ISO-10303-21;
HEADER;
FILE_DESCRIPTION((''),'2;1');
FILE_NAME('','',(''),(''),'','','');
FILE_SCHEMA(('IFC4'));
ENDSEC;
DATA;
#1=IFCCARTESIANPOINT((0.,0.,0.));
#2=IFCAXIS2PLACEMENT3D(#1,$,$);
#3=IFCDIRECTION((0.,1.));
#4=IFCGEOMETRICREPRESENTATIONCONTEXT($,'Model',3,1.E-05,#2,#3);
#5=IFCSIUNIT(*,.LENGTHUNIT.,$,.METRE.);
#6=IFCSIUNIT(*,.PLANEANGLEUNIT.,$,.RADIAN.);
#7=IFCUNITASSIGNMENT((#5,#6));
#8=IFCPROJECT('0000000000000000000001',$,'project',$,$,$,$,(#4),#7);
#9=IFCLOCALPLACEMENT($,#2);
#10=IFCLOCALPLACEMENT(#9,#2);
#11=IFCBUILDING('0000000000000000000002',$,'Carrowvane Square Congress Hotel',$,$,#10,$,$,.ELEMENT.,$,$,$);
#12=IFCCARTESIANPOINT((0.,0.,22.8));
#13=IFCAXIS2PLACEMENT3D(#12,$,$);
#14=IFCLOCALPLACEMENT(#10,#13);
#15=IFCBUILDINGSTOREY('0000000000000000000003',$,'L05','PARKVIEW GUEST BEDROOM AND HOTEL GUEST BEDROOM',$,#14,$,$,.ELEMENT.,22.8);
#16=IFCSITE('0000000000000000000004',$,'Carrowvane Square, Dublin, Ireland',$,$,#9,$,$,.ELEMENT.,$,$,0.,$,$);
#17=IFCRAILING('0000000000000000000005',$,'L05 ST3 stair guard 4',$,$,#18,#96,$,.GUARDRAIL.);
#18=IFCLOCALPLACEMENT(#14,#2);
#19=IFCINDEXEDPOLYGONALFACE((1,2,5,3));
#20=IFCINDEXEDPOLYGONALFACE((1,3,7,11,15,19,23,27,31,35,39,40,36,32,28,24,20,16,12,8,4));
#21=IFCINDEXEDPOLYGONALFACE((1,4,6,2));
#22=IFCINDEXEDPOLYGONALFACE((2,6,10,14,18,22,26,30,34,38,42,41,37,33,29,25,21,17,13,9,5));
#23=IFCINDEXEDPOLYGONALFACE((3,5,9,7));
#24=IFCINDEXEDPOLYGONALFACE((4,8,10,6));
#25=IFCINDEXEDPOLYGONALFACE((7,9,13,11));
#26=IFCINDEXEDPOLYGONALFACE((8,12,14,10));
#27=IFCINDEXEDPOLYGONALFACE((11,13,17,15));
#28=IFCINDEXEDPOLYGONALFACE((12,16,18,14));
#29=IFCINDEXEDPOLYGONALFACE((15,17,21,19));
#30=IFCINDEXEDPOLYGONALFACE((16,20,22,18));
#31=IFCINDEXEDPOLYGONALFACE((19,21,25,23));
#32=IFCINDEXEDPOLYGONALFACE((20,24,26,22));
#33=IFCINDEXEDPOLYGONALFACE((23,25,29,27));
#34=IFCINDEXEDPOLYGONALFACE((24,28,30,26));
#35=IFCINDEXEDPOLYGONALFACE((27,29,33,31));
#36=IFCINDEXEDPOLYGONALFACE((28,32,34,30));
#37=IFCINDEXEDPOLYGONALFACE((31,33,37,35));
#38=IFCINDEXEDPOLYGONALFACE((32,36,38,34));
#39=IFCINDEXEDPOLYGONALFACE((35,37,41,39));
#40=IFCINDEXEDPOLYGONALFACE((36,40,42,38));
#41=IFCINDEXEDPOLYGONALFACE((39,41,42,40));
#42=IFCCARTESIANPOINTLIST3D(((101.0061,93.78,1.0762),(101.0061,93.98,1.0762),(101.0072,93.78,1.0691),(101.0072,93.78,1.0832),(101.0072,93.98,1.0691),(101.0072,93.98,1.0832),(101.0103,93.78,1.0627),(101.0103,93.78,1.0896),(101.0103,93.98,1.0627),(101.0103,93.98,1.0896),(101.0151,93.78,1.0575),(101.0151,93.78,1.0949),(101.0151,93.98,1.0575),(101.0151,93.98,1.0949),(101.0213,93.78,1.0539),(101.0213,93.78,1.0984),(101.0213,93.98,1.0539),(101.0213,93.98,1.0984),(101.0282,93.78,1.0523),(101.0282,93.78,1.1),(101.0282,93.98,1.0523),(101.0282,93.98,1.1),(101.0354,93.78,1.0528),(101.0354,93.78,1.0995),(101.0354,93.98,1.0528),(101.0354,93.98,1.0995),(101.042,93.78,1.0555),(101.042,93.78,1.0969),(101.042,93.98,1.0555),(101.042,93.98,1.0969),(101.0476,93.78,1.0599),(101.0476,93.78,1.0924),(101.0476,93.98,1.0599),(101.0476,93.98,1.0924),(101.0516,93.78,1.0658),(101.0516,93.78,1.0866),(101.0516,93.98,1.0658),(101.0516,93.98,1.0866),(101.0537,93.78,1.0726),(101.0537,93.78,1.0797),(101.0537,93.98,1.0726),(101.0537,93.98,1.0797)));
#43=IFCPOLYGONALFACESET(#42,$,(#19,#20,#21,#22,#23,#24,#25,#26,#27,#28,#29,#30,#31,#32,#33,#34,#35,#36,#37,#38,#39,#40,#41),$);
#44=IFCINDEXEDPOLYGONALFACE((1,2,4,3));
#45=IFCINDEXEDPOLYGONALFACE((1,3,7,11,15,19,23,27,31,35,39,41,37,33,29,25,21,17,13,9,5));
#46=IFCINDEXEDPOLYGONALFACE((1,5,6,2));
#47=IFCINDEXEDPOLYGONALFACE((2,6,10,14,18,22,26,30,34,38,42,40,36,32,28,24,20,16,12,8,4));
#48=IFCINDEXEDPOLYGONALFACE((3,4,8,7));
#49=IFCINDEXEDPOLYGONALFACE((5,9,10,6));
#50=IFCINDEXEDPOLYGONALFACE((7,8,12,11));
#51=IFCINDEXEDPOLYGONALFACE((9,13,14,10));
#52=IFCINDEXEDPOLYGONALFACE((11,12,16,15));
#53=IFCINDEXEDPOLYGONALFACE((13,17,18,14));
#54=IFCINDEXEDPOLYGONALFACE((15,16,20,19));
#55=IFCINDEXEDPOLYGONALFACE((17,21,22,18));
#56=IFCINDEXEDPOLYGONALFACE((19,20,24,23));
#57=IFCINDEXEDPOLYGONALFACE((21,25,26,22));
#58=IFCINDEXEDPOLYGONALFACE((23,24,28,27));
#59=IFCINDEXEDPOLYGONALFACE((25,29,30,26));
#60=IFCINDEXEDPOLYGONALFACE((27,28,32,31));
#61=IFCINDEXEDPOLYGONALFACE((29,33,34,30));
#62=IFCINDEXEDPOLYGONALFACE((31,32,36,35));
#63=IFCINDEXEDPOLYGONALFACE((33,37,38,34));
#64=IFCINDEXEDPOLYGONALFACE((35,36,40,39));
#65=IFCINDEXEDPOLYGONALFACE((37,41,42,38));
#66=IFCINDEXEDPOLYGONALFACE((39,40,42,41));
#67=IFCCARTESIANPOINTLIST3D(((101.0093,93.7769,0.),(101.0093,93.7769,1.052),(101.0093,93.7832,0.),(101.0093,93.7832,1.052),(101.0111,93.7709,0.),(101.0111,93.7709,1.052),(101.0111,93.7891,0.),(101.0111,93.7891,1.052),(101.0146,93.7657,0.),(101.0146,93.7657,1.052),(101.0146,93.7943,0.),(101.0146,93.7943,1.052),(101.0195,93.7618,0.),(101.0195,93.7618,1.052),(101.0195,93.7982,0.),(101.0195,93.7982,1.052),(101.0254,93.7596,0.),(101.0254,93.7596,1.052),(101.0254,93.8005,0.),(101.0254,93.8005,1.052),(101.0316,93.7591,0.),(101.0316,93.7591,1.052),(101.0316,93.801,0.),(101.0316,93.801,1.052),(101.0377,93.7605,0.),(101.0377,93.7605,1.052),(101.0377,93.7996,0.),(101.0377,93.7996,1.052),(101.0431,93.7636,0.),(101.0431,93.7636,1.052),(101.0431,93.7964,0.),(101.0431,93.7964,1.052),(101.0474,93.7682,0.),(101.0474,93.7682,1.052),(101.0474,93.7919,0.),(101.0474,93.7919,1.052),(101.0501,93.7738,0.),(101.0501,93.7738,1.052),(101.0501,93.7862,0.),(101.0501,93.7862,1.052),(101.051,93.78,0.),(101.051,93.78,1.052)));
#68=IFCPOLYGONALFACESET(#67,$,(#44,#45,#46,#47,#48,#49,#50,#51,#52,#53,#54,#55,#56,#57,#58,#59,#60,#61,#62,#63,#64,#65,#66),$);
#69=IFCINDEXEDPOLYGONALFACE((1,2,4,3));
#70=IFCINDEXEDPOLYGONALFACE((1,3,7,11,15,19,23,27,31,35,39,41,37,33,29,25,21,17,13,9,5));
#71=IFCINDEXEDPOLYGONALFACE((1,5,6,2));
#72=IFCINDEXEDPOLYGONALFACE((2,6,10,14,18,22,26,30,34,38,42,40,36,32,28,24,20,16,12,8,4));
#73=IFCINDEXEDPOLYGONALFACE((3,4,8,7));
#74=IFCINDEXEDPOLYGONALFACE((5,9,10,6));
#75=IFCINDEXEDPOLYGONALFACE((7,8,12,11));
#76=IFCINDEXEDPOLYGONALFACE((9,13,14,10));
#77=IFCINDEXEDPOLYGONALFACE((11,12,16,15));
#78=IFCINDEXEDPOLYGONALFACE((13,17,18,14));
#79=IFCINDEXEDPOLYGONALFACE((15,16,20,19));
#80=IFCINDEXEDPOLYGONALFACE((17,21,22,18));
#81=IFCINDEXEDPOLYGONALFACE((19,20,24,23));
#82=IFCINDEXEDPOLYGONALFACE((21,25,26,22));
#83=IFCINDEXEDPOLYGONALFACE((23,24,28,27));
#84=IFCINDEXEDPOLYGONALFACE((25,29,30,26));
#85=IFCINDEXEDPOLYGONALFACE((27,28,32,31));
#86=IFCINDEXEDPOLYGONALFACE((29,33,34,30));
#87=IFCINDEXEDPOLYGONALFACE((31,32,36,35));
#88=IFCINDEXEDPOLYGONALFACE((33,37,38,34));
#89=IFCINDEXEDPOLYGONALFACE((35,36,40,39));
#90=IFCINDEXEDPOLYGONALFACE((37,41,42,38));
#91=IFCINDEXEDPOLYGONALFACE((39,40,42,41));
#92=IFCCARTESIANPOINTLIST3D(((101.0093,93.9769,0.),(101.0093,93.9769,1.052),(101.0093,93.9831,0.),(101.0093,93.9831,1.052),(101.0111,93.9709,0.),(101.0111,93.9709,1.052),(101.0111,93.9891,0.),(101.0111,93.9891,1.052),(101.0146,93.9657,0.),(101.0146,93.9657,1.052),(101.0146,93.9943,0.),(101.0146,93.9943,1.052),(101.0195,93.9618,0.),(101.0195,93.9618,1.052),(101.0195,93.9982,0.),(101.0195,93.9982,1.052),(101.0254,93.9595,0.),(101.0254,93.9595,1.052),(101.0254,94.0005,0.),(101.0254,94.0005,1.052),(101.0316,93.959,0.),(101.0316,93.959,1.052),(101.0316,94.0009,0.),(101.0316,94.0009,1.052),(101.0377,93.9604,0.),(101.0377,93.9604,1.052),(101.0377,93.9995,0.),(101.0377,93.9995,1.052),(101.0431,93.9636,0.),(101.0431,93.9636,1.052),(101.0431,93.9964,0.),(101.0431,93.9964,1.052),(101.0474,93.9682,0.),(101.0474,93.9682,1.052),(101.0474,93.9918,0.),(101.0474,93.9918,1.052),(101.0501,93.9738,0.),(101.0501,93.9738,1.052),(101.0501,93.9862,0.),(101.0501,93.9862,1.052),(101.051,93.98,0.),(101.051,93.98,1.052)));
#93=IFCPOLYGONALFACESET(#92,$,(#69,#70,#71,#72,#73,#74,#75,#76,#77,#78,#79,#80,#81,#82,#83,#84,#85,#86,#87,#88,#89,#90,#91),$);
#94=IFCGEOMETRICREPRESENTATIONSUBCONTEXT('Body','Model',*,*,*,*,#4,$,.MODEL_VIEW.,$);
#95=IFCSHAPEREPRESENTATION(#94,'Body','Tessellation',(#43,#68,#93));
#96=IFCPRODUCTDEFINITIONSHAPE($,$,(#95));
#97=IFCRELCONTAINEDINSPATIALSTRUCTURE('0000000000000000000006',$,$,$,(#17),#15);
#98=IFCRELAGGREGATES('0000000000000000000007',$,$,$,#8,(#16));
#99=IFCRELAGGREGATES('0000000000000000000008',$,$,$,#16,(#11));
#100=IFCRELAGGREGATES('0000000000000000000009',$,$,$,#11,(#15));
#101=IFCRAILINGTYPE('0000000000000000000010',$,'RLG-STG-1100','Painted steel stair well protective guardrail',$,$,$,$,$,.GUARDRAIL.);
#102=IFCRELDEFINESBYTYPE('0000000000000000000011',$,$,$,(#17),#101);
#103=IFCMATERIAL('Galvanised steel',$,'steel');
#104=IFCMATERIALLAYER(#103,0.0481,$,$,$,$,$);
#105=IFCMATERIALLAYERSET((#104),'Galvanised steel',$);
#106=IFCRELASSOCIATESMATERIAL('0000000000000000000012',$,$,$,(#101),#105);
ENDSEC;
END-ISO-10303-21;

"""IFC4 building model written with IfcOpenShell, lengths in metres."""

from ifc_helpers import new_model, si_unit, direction, frame, origin, origin_2d, place, context, subcontext, project, spatial, circle, extrude, material, layer, layer_set, type_object, element, save


model = new_model("IFC4")

# Units and contexts
model_context = context("Model", 3, precision=1e-05, world=origin(), true_north=direction((0.0, 1.0)))
body_context = subcontext(model_context, "Body", "Model", "MODEL_VIEW")
ifc_project = project(units=[si_unit("LENGTHUNIT", "METRE"), si_unit("PLANEANGLEUNIT", "RADIAN")], contexts=[model_context])

# Site, building, storey
site_placement = place(None, origin())
site = spatial("IfcSite", under=ifc_project, at=site_placement, Name="Carrowvane Square, Dublin, Ireland", CompositionType="ELEMENT", RefElevation=0.0)
building_placement = place(site_placement, origin())
building = spatial("IfcBuilding", under=site, at=building_placement, Name="Carrowvane Square Congress Hotel", CompositionType="ELEMENT")
storey_placement = place(building_placement, frame((0.0, 0.0, 22.8)))
storey = spatial("IfcBuildingStorey", under=building, at=storey_placement, Name="L05", Description="PARKVIEW GUEST BEDROOM AND HOTEL GUEST BEDROOM", CompositionType="ELEMENT", Elevation=22.8)

# Railing
ifc_material_1 = material(Name="Galvanised steel", Category="steel")
ifc_layer_1 = layer(ifc_material_1, 0.0481)
ifc_layer_set_1 = layer_set([ifc_layer_1], Name="Galvanised steel")
railing_type_1 = type_object("IfcRailingType", Name="RLG-STG-1100", Description="Painted steel stair well protective guardrail", PredefinedType="GUARDRAIL", material=ifc_layer_set_1)
railing_1_placement = place(storey_placement, frame((101.03, 93.78, 0.0)))
element("IfcRailing", 1, at=railing_1_placement, inside=storey, type_object=railing_type_1, Name="L05 ST3 stair guard 4", PredefinedType="GUARDRAIL", context=body_context, shape_type="SweptSolid", body=[
    extrude(circle(Radius=0.0239, at=origin_2d()), frame((0.0, 0.0, 1.0762), z_axis=(0.0, 1.0, 0.0), x_axis=(-1.0, 0.0, 0.0)), (0.0, 0.0, 1.0), 0.2),
    extrude(circle(Radius=0.021, at=origin_2d()), origin(), (0.0, 0.0, 1.0), 1.052),
    extrude(circle(Radius=0.021, at=origin_2d()), frame((0.0, 0.2, 0.0)), (0.0, 0.0, 1.0), 1.052),
])

save(model, "model.ifc")
